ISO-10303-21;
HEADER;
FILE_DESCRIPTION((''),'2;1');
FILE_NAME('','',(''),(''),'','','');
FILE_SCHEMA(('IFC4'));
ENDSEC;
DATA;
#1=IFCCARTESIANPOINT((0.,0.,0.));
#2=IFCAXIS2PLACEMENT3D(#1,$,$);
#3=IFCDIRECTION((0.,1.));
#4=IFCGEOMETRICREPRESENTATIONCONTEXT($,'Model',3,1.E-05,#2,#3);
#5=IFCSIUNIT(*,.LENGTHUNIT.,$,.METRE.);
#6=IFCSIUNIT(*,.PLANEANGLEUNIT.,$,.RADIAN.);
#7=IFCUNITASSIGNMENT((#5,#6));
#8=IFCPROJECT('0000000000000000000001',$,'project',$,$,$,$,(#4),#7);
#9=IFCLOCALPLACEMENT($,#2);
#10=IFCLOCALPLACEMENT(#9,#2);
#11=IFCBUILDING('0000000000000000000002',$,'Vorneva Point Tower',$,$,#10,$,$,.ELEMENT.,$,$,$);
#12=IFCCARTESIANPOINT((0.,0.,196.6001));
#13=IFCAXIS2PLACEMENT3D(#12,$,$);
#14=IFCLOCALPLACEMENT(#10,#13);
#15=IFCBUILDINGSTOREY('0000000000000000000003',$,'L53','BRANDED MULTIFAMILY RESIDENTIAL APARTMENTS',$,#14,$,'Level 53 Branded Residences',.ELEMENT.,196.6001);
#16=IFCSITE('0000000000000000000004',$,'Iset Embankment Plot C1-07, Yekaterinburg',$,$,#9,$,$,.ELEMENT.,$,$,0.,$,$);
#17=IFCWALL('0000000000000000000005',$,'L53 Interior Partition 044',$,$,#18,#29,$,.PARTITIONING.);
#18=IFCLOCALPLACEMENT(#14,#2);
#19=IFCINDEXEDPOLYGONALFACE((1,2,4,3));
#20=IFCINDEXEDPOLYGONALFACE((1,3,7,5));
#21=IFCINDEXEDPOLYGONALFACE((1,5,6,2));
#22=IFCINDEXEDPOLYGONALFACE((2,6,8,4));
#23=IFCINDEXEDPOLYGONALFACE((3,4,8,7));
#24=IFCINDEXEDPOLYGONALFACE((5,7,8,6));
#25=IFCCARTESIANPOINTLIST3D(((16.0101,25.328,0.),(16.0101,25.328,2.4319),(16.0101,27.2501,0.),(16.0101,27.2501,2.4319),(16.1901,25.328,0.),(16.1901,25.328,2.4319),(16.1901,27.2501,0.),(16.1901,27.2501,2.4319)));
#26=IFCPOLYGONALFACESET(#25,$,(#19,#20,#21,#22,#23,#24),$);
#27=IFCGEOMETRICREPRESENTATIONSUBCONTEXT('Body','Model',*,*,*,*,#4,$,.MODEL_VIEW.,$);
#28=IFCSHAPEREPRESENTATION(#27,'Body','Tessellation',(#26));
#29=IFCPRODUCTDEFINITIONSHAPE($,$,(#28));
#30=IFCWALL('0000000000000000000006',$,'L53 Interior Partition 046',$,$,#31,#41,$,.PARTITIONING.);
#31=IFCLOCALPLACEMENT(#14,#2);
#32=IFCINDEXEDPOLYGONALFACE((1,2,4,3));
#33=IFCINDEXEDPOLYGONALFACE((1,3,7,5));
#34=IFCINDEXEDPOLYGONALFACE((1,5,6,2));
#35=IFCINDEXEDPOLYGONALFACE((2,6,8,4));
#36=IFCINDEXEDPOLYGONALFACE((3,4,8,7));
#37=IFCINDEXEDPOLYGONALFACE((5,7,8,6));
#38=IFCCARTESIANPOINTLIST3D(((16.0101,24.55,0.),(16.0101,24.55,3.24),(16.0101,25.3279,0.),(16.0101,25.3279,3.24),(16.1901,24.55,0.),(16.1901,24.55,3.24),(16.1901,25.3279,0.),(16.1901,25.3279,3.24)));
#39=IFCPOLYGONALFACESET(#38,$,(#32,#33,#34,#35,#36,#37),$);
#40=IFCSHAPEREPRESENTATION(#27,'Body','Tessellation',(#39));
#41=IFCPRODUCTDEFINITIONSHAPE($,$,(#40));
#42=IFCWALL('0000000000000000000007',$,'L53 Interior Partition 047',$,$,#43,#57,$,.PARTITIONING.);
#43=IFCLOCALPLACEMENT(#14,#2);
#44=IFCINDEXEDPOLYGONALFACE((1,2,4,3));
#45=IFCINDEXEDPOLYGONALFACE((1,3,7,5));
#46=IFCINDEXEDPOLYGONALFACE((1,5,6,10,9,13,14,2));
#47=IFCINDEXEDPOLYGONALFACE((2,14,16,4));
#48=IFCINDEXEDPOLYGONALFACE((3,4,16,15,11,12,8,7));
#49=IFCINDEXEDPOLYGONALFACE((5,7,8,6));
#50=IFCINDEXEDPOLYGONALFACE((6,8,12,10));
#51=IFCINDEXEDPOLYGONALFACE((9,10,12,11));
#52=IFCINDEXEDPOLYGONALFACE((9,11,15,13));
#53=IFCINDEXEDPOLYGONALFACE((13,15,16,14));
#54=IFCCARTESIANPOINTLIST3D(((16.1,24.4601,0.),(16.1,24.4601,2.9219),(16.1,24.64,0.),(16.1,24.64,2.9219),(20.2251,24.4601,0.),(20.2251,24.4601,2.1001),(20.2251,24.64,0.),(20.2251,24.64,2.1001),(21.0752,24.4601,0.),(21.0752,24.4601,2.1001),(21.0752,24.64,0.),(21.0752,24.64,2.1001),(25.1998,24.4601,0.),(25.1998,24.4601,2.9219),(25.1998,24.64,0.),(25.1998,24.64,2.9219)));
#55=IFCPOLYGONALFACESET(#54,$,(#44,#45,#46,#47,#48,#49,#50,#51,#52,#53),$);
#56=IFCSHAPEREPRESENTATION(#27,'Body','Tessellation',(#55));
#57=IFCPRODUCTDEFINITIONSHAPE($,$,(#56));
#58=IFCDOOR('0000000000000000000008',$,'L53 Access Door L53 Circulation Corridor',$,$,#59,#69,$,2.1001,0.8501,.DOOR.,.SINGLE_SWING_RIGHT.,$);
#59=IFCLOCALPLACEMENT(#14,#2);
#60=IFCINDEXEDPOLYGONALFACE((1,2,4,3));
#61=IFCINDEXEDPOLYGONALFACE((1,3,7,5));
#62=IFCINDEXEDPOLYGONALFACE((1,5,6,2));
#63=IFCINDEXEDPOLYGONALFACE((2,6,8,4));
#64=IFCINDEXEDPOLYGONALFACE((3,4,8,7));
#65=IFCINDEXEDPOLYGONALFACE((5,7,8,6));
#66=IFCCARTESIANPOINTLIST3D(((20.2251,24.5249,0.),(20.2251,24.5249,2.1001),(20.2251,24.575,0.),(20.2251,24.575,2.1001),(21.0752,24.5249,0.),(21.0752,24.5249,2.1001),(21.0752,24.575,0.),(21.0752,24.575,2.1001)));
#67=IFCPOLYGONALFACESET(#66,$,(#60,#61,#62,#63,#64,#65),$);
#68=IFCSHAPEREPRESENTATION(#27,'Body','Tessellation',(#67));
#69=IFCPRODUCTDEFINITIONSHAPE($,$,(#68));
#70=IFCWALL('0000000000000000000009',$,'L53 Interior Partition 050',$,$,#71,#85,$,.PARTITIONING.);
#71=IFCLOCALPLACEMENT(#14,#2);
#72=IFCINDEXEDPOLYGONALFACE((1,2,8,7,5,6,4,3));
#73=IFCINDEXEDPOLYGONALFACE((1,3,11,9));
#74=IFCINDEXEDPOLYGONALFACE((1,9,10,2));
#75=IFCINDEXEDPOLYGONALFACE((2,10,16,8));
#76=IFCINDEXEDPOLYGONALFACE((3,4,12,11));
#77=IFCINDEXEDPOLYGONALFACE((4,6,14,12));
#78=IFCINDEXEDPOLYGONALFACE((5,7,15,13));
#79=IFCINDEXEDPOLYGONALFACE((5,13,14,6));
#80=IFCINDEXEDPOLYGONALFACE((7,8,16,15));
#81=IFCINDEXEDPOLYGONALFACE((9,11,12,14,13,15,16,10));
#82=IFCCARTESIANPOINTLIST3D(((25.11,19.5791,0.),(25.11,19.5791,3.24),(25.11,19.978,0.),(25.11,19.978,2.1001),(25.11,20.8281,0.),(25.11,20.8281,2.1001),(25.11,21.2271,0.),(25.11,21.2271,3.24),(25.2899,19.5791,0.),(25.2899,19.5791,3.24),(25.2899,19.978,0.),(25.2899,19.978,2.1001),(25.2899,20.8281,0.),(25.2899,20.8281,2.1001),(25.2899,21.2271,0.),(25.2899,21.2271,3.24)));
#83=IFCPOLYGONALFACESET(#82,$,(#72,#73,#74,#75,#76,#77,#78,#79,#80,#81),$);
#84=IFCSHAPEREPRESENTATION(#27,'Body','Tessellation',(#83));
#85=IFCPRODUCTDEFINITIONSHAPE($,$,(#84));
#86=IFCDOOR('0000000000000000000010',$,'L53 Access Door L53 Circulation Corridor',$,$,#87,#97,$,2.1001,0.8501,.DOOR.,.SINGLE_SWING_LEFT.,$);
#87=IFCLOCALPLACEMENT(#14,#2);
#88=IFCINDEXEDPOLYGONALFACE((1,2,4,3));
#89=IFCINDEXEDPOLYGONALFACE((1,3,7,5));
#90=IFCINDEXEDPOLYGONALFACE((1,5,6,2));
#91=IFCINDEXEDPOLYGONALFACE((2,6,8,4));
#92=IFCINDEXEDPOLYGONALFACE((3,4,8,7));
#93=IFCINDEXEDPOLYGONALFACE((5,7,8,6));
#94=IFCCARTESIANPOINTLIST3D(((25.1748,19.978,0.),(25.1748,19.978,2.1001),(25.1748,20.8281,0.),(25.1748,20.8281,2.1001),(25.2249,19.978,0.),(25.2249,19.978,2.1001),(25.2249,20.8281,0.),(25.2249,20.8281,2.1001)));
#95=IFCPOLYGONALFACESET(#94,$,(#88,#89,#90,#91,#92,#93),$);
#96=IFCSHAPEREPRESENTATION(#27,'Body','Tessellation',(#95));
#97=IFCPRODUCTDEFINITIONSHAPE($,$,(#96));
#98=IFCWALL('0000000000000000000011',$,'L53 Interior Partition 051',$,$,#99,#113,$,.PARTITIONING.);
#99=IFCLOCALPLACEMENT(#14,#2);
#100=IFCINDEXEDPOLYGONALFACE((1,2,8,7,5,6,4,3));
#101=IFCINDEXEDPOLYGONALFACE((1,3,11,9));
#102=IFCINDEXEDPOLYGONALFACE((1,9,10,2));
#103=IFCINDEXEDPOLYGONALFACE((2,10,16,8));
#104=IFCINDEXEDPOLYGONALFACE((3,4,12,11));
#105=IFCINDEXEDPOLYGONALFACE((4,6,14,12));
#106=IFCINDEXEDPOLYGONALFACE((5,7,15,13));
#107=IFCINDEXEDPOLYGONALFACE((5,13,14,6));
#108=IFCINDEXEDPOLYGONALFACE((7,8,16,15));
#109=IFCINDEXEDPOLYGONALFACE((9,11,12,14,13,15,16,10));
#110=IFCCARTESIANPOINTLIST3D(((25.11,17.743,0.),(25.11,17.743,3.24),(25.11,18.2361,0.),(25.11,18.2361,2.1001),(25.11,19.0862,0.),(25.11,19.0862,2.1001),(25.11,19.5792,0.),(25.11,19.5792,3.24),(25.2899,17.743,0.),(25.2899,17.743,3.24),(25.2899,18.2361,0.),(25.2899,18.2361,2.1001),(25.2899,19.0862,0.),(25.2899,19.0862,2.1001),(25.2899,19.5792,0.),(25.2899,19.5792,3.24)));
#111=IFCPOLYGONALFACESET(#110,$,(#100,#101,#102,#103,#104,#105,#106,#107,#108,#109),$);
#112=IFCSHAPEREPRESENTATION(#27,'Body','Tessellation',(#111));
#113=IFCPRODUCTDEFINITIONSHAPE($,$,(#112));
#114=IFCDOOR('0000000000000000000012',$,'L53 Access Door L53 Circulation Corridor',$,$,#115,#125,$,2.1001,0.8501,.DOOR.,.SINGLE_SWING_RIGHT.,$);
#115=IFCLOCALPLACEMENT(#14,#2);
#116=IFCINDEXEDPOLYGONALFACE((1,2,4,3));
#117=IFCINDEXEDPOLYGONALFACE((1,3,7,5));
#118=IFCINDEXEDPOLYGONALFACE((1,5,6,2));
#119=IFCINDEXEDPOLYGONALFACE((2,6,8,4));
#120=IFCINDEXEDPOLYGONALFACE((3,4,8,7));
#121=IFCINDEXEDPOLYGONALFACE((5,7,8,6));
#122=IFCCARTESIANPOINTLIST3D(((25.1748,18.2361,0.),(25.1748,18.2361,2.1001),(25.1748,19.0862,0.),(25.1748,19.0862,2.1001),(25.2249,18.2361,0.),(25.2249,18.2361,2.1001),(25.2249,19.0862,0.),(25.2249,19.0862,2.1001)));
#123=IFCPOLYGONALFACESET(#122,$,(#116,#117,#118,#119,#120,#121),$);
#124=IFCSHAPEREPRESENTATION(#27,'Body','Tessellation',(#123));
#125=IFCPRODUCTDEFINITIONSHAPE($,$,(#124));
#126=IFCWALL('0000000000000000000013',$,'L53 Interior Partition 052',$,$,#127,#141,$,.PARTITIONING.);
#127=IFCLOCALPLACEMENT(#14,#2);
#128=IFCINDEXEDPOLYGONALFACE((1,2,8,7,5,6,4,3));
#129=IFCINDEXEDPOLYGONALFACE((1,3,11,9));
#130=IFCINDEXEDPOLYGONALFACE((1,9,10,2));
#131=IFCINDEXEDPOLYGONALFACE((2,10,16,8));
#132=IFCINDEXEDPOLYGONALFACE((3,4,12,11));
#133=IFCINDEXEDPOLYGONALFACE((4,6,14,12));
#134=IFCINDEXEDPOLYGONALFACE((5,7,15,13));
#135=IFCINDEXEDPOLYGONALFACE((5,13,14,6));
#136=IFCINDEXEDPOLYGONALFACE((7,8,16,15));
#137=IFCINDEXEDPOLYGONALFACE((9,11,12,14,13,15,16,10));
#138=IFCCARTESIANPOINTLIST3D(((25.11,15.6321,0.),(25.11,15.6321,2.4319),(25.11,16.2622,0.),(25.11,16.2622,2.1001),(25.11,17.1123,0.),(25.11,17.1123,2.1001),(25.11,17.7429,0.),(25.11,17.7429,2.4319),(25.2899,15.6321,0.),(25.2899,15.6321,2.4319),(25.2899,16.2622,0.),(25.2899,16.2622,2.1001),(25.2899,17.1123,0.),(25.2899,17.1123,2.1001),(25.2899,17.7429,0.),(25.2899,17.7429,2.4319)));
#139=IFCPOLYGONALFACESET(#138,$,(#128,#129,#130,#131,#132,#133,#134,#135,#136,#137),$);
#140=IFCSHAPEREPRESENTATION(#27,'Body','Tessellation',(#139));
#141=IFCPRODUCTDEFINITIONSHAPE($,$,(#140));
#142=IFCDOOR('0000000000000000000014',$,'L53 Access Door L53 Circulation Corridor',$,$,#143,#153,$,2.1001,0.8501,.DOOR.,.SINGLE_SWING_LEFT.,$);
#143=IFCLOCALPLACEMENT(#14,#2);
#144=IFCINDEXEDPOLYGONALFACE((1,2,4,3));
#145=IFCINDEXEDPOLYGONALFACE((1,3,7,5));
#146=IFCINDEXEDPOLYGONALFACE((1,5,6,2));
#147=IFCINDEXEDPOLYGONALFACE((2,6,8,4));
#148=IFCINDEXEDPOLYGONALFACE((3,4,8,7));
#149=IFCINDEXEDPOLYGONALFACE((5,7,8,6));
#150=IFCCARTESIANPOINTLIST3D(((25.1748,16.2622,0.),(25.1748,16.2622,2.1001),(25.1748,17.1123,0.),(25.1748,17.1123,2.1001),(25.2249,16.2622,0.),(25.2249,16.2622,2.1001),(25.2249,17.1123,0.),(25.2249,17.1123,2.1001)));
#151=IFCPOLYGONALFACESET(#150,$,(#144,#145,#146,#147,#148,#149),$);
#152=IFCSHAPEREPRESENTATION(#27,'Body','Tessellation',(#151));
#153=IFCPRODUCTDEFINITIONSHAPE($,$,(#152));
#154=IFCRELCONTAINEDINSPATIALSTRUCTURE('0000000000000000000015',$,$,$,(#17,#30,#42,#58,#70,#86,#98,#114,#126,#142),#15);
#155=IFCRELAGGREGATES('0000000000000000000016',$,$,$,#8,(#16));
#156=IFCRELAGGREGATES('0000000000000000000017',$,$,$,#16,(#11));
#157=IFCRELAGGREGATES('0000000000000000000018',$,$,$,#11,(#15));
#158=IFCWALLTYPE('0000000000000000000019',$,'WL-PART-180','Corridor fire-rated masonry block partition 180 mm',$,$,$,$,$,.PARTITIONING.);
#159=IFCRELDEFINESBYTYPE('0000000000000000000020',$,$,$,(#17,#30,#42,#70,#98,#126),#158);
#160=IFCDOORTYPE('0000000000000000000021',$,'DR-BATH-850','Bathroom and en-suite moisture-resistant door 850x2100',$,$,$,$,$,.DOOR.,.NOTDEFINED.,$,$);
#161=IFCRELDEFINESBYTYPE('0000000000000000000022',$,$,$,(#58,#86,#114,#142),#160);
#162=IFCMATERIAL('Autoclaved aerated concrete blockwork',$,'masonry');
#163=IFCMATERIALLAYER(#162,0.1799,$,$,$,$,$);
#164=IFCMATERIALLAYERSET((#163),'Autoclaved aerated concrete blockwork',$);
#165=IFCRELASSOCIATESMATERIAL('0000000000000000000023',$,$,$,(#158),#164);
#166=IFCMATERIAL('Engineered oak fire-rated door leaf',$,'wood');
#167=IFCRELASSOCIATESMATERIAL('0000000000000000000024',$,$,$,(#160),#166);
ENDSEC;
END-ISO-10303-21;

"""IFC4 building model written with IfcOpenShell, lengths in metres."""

from ifc_helpers import new_model, si_unit, direction, frame, frame_2d, origin, place, context, subcontext, project, spatial, rectangle, extrude, material, layer, layer_set, type_object, element, fill, save


model = new_model("IFC4")

# Units and contexts
model_context = context("Model", 3, precision=1e-05, world=origin(), true_north=direction((0.0, 1.0)))
body_context = subcontext(model_context, "Body", "Model", "MODEL_VIEW")
ifc_project = project(units=[si_unit("LENGTHUNIT", "METRE"), si_unit("PLANEANGLEUNIT", "RADIAN")], contexts=[model_context])

# Site, building, storey
site_placement = place(None, origin())
site = spatial("IfcSite", under=ifc_project, at=site_placement, Name="Iset Embankment Plot C1-07, Yekaterinburg", CompositionType="ELEMENT", RefElevation=0.0)
building_placement = place(site_placement, origin())
building = spatial("IfcBuilding", under=site, at=building_placement, Name="Vorneva Point Tower", CompositionType="ELEMENT")
storey_placement = place(building_placement, frame((0.0, 0.0, 196.6001)))
storey = spatial("IfcBuildingStorey", under=building, at=storey_placement, Name="L53", Description="BRANDED MULTIFAMILY RESIDENTIAL APARTMENTS", LongName="Level 53 Branded Residences", CompositionType="ELEMENT", Elevation=196.6001)

# Walls
ifc_material_1 = material(Name="Autoclaved aerated concrete blockwork", Category="masonry")
ifc_layer_1 = layer(ifc_material_1, 0.1799)
ifc_layer_set_1 = layer_set([ifc_layer_1], Name="Autoclaved aerated concrete blockwork")
wall_type_1 = type_object("IfcWallType", Name="WL-PART-180", Description="Corridor fire-rated masonry block partition 180 mm", PredefinedType="PARTITIONING", material=ifc_layer_set_1)
wall_1_placement = place(storey_placement, frame((16.1001, 27.25, 0.0), z_axis=(0.0, 0.0, 1.0), x_axis=(0.0, -1.0, 0.0)))
element("IfcWall", 1, at=wall_1_placement, inside=storey, type_object=wall_type_1, Name="L53 Interior Partition 044", PredefinedType="PARTITIONING", context=body_context, shape_type="SweptSolid", body=[
    extrude(rectangle(XDim=1.9221, YDim=0.1799, at=frame_2d((0.9609, 0.0))), origin(), (0.0, 0.0, 1.0), 2.4319),
])
wall_2_placement = place(storey_placement, frame((16.1001, 25.3279, 0.0), z_axis=(0.0, 0.0, 1.0), x_axis=(0.0, -1.0, 0.0)))
element("IfcWall", 2, at=wall_2_placement, inside=storey, type_object=wall_type_1, Name="L53 Interior Partition 046", PredefinedType="PARTITIONING", context=body_context, shape_type="SweptSolid", body=[
    extrude(rectangle(XDim=0.7778, YDim=0.1799, at=frame_2d((0.3889, 0.0))), origin(), (0.0, 0.0, 1.0), 3.24),
])

# Walls, openings, doors
wall_3_placement = place(storey_placement, frame((16.1001, 24.55, 0.0), z_axis=(0.0, 0.0, 1.0), x_axis=(1.0, 0.0, 0.0)))
wall_3 = element("IfcWall", 3, at=wall_3_placement, inside=storey, type_object=wall_type_1, Name="L53 Interior Partition 047", PredefinedType="PARTITIONING", context=body_context, shape_type="SweptSolid", body=[
    extrude(rectangle(XDim=9.0999, YDim=0.1799, at=frame_2d((4.5498, 0.0))), origin(), (0.0, 0.0, 1.0), 2.9219),
])
opening_1_placement = place(wall_3_placement, frame((4.125, 0.0, 0.0)))
opening_1 = element("IfcOpeningElement", 4, at=opening_1_placement, cuts=wall_3, PredefinedType="OPENING", context=body_context, shape_type="SweptSolid", body=[
    extrude(rectangle(XDim=0.8501, YDim=2.1001, at=frame_2d((0.425, 1.05))), frame((0.0, 0.105, 0.0), z_axis=(0.0, -1.0, 0.0), x_axis=(1.0, 0.0, 0.0)), (0.0, 0.0, 1.0), 0.2097),
])
ifc_material_2 = material(Name="Engineered oak fire-rated door leaf", Category="wood")
door_type = type_object("IfcDoorType", Name="DR-BATH-850", Description="Bathroom and en-suite moisture-resistant door 850x2100", OperationType="NOTDEFINED", PredefinedType="DOOR", material=ifc_material_2)
door_1_placement = place(opening_1_placement, origin())
door_1 = element("IfcDoor", 5, at=door_1_placement, inside=storey, type_object=door_type, Name="L53 Access Door L53 Circulation Corridor", OperationType="SINGLE_SWING_RIGHT", OverallHeight=2.1001, OverallWidth=0.8501, PredefinedType="DOOR", context=body_context, shape_type="SweptSolid", body=[
    extrude(rectangle(XDim=0.8501, YDim=2.1001, at=frame_2d((0.425, 1.05))), frame((0.0, 0.0249, 0.0), z_axis=(0.0, -1.0, 0.0), x_axis=(1.0, 0.0, 0.0)), (0.0, 0.0, 1.0), 0.05),
])
fill(opening_1, door_1)
wall_4_placement = place(storey_placement, frame((25.2, 21.2271, 0.0), z_axis=(0.0, 0.0, 1.0), x_axis=(0.0, -1.0, 0.0)))
wall_4 = element("IfcWall", 6, at=wall_4_placement, inside=storey, type_object=wall_type_1, Name="L53 Interior Partition 050", PredefinedType="PARTITIONING", context=body_context, shape_type="SweptSolid", body=[
    extrude(rectangle(XDim=1.6479, YDim=0.1799, at=frame_2d((0.824, 0.0))), origin(), (0.0, 0.0, 1.0), 3.24),
])
opening_2_placement = place(wall_4_placement, frame((0.3989, 0.0, 0.0)))
opening_2 = element("IfcOpeningElement", 7, at=opening_2_placement, cuts=wall_4, PredefinedType="OPENING", context=body_context, shape_type="SweptSolid", body=[
    extrude(rectangle(XDim=0.8501, YDim=2.1001, at=frame_2d((0.425, 1.05))), frame((0.0, 0.105, 0.0), z_axis=(0.0, -1.0, 0.0), x_axis=(1.0, 0.0, 0.0)), (0.0, 0.0, 1.0), 0.2097),
])
door_2_placement = place(opening_2_placement, origin())
door_2 = element("IfcDoor", 8, at=door_2_placement, inside=storey, type_object=door_type, Name="L53 Access Door L53 Circulation Corridor", OperationType="SINGLE_SWING_LEFT", OverallHeight=2.1001, OverallWidth=0.8501, PredefinedType="DOOR", context=body_context, shape_type="SweptSolid", body=[
    extrude(rectangle(XDim=0.8501, YDim=2.1001, at=frame_2d((0.425, 1.05))), frame((0.0, 0.0249, 0.0), z_axis=(0.0, -1.0, 0.0), x_axis=(1.0, 0.0, 0.0)), (0.0, 0.0, 1.0), 0.05),
])
fill(opening_2, door_2)
wall_5_placement = place(storey_placement, frame((25.2, 19.5791, 0.0), z_axis=(0.0, 0.0, 1.0), x_axis=(0.0, -1.0, 0.0)))
wall_5 = element("IfcWall", 9, at=wall_5_placement, inside=storey, type_object=wall_type_1, Name="L53 Interior Partition 051", PredefinedType="PARTITIONING", context=body_context, shape_type="SweptSolid", body=[
    extrude(rectangle(XDim=1.8362, YDim=0.1799, at=frame_2d((0.918, 0.0))), origin(), (0.0, 0.0, 1.0), 3.24),
])
opening_3_placement = place(wall_5_placement, frame((0.4929, 0.0, 0.0)))
opening_3 = element("IfcOpeningElement", 10, at=opening_3_placement, cuts=wall_5, PredefinedType="OPENING", context=body_context, shape_type="SweptSolid", body=[
    extrude(rectangle(XDim=0.8501, YDim=2.1001, at=frame_2d((0.425, 1.05))), frame((0.0, 0.105, 0.0), z_axis=(0.0, -1.0, 0.0), x_axis=(1.0, 0.0, 0.0)), (0.0, 0.0, 1.0), 0.2097),
])
door_3_placement = place(opening_3_placement, origin())
door_3 = element("IfcDoor", 11, at=door_3_placement, inside=storey, type_object=door_type, Name="L53 Access Door L53 Circulation Corridor", OperationType="SINGLE_SWING_RIGHT", OverallHeight=2.1001, OverallWidth=0.8501, PredefinedType="DOOR", context=body_context, shape_type="SweptSolid", body=[
    extrude(rectangle(XDim=0.8501, YDim=2.1001, at=frame_2d((0.425, 1.05))), frame((0.0, 0.0249, 0.0), z_axis=(0.0, -1.0, 0.0), x_axis=(1.0, 0.0, 0.0)), (0.0, 0.0, 1.0), 0.05),
])
fill(opening_3, door_3)
wall_6_placement = place(storey_placement, frame((25.2, 17.7429, 0.0), z_axis=(0.0, 0.0, 1.0), x_axis=(0.0, -1.0, 0.0)))
wall_6 = element("IfcWall", 12, at=wall_6_placement, inside=storey, type_object=wall_type_1, Name="L53 Interior Partition 052", PredefinedType="PARTITIONING", context=body_context, shape_type="SweptSolid", body=[
    extrude(rectangle(XDim=2.1108, YDim=0.1799, at=frame_2d((1.0554, 0.0))), origin(), (0.0, 0.0, 1.0), 2.4319),
])
opening_4_placement = place(wall_6_placement, frame((0.6306, 0.0, 0.0)))
opening_4 = element("IfcOpeningElement", 13, at=opening_4_placement, cuts=wall_6, PredefinedType="OPENING", context=body_context, shape_type="SweptSolid", body=[
    extrude(rectangle(XDim=0.8501, YDim=2.1001, at=frame_2d((0.425, 1.05))), frame((0.0, 0.105, 0.0), z_axis=(0.0, -1.0, 0.0), x_axis=(1.0, 0.0, 0.0)), (0.0, 0.0, 1.0), 0.2097),
])
door_4_placement = place(opening_4_placement, origin())
door_4 = element("IfcDoor", 14, at=door_4_placement, inside=storey, type_object=door_type, Name="L53 Access Door L53 Circulation Corridor", OperationType="SINGLE_SWING_LEFT", OverallHeight=2.1001, OverallWidth=0.8501, PredefinedType="DOOR", context=body_context, shape_type="SweptSolid", body=[
    extrude(rectangle(XDim=0.8501, YDim=2.1001, at=frame_2d((0.425, 1.05))), frame((0.0, 0.0249, 0.0), z_axis=(0.0, -1.0, 0.0), x_axis=(1.0, 0.0, 0.0)), (0.0, 0.0, 1.0), 0.05),
])
fill(opening_4, door_4)

save(model, "model.ifc")
